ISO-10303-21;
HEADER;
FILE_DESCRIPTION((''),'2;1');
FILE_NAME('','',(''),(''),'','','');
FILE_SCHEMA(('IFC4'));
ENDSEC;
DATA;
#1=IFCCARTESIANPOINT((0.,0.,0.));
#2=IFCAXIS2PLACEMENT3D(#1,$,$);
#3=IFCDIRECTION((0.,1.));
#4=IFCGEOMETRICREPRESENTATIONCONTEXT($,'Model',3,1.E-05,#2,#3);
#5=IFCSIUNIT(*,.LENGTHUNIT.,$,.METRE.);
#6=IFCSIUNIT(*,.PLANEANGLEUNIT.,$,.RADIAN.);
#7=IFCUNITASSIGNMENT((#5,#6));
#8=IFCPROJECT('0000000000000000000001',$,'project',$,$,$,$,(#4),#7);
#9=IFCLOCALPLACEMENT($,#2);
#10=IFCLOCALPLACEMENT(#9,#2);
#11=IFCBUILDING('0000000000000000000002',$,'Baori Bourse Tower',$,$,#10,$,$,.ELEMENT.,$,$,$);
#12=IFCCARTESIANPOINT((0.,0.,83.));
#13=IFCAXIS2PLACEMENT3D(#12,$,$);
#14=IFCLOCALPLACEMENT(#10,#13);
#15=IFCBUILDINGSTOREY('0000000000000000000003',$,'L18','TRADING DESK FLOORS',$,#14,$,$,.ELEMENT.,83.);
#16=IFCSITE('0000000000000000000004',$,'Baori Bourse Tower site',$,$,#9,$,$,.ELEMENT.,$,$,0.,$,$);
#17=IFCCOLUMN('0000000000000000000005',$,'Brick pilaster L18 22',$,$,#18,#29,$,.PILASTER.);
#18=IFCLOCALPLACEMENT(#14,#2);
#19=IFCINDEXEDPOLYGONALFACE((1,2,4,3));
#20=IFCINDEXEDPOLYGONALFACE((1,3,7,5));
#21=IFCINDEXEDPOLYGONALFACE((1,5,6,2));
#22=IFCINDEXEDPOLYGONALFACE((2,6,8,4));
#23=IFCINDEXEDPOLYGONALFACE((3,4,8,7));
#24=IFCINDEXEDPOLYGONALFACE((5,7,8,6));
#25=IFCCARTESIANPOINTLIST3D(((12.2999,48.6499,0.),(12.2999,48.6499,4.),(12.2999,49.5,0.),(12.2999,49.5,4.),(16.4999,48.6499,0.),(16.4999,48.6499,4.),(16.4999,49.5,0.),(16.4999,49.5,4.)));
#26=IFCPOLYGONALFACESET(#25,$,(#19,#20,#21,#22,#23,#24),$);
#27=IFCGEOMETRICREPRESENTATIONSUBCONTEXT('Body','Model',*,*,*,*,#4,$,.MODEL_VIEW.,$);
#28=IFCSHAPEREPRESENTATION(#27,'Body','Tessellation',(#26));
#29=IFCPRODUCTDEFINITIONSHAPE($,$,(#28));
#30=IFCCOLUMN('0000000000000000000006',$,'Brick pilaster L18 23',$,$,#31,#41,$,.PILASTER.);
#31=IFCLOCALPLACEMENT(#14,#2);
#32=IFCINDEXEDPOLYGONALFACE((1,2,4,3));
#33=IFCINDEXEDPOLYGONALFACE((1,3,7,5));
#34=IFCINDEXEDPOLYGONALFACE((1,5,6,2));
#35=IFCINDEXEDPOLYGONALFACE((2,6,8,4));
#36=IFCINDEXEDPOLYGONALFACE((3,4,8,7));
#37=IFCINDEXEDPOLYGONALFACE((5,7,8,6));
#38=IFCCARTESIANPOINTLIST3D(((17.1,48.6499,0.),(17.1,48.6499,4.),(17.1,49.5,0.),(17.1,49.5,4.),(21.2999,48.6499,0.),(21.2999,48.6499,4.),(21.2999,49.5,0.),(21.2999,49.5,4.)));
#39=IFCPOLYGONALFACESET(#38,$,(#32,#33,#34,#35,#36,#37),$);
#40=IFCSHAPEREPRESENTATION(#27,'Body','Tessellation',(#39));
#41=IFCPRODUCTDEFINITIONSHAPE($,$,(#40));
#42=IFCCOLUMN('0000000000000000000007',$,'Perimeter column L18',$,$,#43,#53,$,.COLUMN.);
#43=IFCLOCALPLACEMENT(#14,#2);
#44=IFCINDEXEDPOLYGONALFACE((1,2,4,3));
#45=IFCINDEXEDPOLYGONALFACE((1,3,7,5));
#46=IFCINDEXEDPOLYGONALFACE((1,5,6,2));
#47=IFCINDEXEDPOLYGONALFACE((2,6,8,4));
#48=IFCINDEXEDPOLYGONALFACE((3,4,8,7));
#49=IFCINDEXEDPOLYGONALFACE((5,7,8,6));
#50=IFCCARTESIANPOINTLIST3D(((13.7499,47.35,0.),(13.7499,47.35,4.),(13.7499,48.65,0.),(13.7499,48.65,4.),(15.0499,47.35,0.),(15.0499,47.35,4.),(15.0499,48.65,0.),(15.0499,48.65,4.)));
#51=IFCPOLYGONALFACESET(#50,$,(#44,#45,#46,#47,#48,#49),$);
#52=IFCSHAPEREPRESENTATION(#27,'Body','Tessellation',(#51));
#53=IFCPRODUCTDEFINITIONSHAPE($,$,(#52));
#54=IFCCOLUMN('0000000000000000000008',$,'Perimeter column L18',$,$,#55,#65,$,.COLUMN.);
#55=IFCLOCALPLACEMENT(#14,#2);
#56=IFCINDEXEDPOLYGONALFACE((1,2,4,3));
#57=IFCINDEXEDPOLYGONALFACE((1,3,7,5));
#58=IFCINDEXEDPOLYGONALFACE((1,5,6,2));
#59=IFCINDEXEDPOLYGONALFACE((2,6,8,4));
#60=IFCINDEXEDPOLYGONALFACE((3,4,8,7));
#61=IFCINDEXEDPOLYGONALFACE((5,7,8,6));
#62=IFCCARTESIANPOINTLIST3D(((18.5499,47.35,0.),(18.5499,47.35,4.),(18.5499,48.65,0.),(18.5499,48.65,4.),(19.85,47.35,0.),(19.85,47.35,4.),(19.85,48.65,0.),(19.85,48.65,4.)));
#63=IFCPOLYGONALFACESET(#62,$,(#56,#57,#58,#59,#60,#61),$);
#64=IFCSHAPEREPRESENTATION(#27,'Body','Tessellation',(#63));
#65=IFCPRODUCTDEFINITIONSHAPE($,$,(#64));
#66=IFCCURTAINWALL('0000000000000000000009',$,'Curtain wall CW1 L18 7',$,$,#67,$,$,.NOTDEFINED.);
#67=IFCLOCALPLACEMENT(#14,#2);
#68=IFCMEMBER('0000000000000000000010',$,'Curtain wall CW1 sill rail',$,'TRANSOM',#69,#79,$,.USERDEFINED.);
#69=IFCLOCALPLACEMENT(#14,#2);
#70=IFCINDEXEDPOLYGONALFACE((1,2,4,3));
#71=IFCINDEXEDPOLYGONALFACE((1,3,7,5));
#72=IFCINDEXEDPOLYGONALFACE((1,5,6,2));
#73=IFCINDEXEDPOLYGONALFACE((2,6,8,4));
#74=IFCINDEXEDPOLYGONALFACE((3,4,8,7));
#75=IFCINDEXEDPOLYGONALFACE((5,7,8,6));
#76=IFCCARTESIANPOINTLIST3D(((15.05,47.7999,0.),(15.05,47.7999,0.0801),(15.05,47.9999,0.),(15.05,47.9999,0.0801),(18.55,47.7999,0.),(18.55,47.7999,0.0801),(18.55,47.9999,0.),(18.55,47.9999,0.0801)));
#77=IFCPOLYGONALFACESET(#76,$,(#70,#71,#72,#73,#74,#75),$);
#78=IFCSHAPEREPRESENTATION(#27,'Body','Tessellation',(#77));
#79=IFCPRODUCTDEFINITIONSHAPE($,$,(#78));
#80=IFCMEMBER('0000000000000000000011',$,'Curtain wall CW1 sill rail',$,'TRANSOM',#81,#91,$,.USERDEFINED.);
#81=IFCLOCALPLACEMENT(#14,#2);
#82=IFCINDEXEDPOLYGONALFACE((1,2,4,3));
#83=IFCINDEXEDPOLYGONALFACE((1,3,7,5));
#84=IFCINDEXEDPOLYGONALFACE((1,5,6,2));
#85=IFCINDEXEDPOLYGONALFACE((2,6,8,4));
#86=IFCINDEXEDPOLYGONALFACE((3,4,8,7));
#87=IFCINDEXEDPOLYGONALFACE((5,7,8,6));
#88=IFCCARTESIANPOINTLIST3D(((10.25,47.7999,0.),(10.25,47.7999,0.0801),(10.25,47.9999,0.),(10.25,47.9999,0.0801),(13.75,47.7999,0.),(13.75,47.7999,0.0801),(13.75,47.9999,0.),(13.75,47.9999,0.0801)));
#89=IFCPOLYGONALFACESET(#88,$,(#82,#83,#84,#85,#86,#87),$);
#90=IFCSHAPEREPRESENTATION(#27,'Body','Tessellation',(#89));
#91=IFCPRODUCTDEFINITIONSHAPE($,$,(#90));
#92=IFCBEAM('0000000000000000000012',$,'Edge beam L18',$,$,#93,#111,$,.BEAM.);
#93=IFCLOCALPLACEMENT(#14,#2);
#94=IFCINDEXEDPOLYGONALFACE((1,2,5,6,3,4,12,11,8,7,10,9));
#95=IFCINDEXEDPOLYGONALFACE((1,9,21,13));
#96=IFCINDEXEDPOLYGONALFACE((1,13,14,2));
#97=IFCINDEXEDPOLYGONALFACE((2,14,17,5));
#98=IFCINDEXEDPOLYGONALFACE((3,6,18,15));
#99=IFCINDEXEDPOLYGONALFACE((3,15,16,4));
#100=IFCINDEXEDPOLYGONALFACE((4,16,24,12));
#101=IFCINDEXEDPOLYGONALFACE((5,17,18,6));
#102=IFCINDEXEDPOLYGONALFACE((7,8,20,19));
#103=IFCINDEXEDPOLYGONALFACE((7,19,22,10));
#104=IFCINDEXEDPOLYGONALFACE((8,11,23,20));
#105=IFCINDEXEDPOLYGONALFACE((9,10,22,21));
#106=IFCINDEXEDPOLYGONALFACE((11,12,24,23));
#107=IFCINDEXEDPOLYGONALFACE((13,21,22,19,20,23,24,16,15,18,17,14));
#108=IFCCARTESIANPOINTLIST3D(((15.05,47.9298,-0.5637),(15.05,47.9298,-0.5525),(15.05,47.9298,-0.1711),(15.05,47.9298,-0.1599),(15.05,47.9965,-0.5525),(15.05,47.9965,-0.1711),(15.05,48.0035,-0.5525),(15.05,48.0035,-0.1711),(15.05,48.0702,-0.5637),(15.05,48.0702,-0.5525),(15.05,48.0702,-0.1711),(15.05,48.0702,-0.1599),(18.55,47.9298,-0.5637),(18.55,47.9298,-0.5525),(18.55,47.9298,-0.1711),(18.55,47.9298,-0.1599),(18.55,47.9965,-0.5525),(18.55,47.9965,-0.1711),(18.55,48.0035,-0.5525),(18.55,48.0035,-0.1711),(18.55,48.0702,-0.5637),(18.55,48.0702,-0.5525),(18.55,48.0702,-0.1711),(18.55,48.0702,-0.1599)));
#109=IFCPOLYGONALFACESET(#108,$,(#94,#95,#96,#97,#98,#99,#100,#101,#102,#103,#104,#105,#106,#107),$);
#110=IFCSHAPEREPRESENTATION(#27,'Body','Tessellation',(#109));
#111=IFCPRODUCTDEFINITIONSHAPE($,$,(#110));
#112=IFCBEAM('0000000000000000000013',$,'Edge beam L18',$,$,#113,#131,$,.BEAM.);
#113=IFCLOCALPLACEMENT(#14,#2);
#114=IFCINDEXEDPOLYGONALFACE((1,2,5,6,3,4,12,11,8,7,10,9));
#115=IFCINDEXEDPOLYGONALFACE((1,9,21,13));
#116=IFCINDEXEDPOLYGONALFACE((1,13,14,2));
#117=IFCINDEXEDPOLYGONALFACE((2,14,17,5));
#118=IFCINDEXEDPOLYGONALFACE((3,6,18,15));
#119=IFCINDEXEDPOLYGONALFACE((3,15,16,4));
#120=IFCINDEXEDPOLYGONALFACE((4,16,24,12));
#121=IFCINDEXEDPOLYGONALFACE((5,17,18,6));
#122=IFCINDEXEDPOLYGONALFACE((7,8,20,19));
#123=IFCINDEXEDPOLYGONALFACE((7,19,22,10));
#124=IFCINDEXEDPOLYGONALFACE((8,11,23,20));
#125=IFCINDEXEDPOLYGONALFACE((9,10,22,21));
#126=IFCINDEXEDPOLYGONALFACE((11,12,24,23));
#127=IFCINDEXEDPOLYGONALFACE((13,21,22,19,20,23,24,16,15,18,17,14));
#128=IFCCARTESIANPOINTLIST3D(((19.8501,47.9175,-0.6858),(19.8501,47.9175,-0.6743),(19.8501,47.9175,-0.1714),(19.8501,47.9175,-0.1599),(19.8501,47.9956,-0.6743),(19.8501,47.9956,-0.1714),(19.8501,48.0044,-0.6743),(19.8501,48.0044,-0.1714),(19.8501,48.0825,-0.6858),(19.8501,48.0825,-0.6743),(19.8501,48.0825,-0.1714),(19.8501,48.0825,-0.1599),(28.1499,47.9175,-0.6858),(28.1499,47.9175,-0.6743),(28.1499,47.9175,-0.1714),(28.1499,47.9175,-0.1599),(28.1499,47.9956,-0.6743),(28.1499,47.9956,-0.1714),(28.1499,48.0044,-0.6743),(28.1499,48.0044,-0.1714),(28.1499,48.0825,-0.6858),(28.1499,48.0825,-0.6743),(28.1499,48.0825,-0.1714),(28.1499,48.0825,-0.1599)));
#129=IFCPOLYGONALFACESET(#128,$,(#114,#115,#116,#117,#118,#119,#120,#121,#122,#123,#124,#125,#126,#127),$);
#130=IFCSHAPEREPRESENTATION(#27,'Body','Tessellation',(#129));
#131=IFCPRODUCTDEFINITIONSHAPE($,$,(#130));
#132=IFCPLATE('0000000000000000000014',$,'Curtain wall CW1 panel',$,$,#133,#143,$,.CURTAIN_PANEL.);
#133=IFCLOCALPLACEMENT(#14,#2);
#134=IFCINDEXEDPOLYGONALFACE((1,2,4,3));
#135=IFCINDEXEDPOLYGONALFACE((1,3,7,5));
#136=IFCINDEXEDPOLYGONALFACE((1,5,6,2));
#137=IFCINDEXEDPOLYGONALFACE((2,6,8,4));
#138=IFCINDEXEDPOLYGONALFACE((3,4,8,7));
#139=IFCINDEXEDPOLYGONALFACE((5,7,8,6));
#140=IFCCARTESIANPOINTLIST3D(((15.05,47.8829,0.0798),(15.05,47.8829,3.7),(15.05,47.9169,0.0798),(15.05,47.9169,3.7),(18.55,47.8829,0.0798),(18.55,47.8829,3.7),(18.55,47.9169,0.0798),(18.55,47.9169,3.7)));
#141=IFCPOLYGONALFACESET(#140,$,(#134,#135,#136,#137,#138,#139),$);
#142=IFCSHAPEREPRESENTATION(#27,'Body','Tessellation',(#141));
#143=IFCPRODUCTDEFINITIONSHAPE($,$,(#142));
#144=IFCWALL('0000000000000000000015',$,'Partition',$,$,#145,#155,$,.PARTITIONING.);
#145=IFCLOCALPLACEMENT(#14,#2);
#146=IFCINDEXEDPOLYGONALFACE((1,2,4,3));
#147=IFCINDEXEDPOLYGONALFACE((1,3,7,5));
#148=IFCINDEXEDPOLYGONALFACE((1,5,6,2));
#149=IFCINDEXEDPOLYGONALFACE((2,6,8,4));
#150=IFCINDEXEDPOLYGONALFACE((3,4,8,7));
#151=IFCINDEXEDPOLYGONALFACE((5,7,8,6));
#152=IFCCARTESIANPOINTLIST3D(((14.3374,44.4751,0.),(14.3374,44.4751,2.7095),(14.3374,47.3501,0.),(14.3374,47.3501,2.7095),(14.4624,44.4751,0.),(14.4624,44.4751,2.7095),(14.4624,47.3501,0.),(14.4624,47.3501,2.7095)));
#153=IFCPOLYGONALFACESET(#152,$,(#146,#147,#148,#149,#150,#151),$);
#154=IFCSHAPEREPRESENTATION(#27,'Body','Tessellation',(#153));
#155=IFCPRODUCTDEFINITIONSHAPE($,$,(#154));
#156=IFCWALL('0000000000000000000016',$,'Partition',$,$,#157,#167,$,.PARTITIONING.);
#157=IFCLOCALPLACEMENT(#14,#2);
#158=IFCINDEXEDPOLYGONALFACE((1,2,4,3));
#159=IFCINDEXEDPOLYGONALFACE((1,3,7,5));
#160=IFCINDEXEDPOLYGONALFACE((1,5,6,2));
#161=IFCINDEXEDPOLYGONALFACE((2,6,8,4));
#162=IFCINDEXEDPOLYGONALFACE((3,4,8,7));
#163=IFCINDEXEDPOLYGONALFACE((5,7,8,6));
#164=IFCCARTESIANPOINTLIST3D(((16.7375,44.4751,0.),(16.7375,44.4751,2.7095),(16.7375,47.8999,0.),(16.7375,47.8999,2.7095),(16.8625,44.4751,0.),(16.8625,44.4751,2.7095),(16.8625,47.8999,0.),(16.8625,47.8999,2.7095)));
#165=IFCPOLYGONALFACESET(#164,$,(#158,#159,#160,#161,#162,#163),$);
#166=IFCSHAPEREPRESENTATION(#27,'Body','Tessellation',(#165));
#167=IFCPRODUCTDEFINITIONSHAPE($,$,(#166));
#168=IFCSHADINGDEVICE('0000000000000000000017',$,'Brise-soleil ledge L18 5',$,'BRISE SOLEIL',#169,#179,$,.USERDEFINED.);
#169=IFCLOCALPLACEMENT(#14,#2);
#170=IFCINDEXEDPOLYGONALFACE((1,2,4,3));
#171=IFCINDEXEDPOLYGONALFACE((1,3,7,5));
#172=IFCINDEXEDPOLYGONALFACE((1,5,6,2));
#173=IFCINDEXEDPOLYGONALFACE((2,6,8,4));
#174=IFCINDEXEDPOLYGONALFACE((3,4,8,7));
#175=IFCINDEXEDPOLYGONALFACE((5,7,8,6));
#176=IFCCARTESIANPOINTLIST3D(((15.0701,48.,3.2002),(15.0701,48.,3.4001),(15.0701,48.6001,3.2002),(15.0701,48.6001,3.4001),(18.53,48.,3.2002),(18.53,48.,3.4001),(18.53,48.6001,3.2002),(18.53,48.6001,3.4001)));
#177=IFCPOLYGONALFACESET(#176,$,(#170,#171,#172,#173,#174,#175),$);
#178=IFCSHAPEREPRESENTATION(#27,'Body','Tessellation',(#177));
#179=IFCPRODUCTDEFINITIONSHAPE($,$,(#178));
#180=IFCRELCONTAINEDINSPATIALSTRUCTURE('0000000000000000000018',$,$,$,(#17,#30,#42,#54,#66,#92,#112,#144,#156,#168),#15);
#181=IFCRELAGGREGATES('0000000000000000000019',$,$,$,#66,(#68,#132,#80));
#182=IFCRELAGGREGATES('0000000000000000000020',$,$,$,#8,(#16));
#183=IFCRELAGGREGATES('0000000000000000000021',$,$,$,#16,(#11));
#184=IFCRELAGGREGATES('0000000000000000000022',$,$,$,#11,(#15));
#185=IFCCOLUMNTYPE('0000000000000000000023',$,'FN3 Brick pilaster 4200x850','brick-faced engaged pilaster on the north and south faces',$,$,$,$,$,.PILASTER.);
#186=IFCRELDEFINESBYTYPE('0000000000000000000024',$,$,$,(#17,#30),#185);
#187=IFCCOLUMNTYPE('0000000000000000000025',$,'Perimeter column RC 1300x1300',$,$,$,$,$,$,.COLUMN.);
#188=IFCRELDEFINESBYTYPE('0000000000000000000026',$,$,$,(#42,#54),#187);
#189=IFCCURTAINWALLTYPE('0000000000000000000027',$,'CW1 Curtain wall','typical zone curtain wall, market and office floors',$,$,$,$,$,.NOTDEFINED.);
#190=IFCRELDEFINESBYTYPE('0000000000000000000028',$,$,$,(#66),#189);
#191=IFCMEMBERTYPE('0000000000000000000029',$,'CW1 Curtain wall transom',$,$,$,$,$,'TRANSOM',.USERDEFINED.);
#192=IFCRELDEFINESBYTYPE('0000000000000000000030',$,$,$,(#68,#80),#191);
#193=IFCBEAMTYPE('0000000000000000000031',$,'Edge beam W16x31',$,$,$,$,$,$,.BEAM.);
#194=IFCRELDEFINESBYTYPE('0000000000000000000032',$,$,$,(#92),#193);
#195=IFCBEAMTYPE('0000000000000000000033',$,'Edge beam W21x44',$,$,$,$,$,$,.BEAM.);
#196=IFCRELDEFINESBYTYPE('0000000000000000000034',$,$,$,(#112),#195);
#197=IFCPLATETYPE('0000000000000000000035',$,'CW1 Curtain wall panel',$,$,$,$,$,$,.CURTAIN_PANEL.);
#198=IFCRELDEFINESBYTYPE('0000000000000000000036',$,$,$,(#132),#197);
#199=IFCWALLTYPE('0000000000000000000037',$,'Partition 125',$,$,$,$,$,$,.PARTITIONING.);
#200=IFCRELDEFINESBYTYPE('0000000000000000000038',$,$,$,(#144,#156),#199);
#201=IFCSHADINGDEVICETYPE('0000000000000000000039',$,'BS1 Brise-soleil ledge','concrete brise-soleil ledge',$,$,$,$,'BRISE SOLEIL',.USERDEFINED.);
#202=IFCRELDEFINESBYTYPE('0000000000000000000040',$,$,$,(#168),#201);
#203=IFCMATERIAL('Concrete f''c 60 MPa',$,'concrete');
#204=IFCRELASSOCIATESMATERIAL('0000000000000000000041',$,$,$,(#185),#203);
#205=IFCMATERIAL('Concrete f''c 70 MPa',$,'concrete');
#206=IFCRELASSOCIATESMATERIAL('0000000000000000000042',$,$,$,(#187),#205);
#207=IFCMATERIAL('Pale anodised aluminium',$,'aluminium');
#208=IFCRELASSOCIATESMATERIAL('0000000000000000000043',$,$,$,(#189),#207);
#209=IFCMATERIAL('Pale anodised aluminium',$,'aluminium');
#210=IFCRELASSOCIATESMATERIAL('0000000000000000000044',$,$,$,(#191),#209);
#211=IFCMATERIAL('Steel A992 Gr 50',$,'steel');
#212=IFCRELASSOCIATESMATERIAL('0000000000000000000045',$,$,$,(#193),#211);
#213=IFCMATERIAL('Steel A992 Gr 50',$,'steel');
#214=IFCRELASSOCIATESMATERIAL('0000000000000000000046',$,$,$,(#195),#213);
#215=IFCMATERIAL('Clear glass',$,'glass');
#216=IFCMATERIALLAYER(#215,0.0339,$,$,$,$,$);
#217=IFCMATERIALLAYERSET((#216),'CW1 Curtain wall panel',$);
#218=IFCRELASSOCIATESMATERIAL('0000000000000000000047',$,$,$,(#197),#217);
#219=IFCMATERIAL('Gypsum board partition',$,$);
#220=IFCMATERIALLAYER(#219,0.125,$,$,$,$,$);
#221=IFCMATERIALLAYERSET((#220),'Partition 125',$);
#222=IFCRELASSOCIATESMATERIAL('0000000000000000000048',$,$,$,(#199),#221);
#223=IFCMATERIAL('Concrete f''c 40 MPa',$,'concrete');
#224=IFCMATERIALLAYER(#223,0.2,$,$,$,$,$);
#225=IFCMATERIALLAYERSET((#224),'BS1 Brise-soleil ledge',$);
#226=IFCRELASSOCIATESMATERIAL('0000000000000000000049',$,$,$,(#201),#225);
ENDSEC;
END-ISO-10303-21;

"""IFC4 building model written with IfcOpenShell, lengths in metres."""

from ifc_helpers import new_model, si_unit, direction, frame, frame_2d, origin, origin_2d, place, context, subcontext, project, spatial, rectangle, i_section, extrude, material, layer, layer_set, material_profile, profile_set, type_object, element, aggregate, save


model = new_model("IFC4")

# Units and contexts
model_context = context("Model", 3, precision=1e-05, world=origin(), true_north=direction((0.0, 1.0)))
body_context = subcontext(model_context, "Body", "Model", "MODEL_VIEW")
ifc_project = project(units=[si_unit("LENGTHUNIT", "METRE"), si_unit("PLANEANGLEUNIT", "RADIAN")], contexts=[model_context])

# Site, building, storey
site_placement = place(None, origin())
site = spatial("IfcSite", under=ifc_project, at=site_placement, Name="Baori Bourse Tower site", CompositionType="ELEMENT", RefElevation=0.0)
building_placement = place(site_placement, origin())
building = spatial("IfcBuilding", under=site, at=building_placement, Name="Baori Bourse Tower", CompositionType="ELEMENT")
storey_placement = place(building_placement, frame((0.0, 0.0, 83.0)))
storey = spatial("IfcBuildingStorey", under=building, at=storey_placement, Name="L18", Description="TRADING DESK FLOORS", CompositionType="ELEMENT", Elevation=83.0)

# Columns
ifc_material_1 = material(Name="Concrete f'c 60 MPa", Category="concrete")
ifc_material_profile_1 = material_profile(ifc_material_1, rectangle(XDim=4.2, YDim=0.8501, at=origin_2d()), Name="RC 4200x850")
ifc_profile_set_1 = profile_set([ifc_material_profile_1], Name="Concrete f'c 60 MPa")
column_type_1 = type_object("IfcColumnType", Name="FN3 Brick pilaster 4200x850", Description="brick-faced engaged pilaster on the north and south faces", PredefinedType="PILASTER", material=ifc_profile_set_1)
for number, where, z_axis, x_axis, name in (
    (1, (14.3999, 49.075, 0.0), (0.0, 0.0, 1.0), (1.0, 0.0, 0.0), "Brick pilaster L18 22"),
    (2, (19.2, 49.075, 0.0), (0.0, 0.0, 1.0), (1.0, 0.0, 0.0), "Brick pilaster L18 23"),
):
    element("IfcColumn", number, at=place(storey_placement, frame(where, z_axis=z_axis, x_axis=x_axis)), inside=storey, type_object=column_type_1, Name=name, PredefinedType="PILASTER", context=body_context, shape_type="SweptSolid", body=[
        extrude(rectangle(XDim=4.2, YDim=0.8501, at=origin_2d()), origin(), (0.0, 0.0, 1.0), 4.0),
    ])
ifc_material_2 = material(Name="Concrete f'c 70 MPa", Category="concrete")
ifc_material_profile_2 = material_profile(ifc_material_2, rectangle(XDim=1.3, YDim=1.3, at=origin_2d()), Name="RC 1300x1300")
ifc_profile_set_2 = profile_set([ifc_material_profile_2], Name="Concrete f'c 70 MPa")
column_type_2 = type_object("IfcColumnType", Name="Perimeter column RC 1300x1300", PredefinedType="COLUMN", material=ifc_profile_set_2)
for number, where, z_axis, x_axis, name in (
    (3, (14.3999, 48.0, 0.0), (0.0, 0.0, 1.0), (1.0, 0.0, 0.0), "Perimeter column L18"),
    (4, (19.2, 48.0, 0.0), (0.0, 0.0, 1.0), (1.0, 0.0, 0.0), "Perimeter column L18"),
):
    element("IfcColumn", number, at=place(storey_placement, frame(where, z_axis=z_axis, x_axis=x_axis)), inside=storey, type_object=column_type_2, Name=name, PredefinedType="COLUMN", context=body_context, shape_type="SweptSolid", body=[
        extrude(rectangle(XDim=1.3, YDim=1.3, at=origin_2d()), origin(), (0.0, 0.0, 1.0), 4.0),
    ])

# Curtain wall, members
ifc_material_3 = material(Name="Pale anodised aluminium", Category="aluminium")
curtain_wall_type = type_object("IfcCurtainWallType", Name="CW1 Curtain wall", Description="typical zone curtain wall, market and office floors", PredefinedType="NOTDEFINED", material=ifc_material_3)
curtain_wall_placement = place(storey_placement, origin())
curtain_wall = element("IfcCurtainWall", 5, at=curtain_wall_placement, inside=storey, type_object=curtain_wall_type, Name="Curtain wall CW1 L18 7", PredefinedType="NOTDEFINED")
ifc_material_4 = material(Name="Pale anodised aluminium", Category="aluminium")
ifc_material_profile_3 = material_profile(ifc_material_4, rectangle(XDim=0.2, YDim=0.0801, at=origin_2d()), Name="Transom 80x200")
ifc_profile_set_3 = profile_set([ifc_material_profile_3], Name="Pale anodised aluminium")
member_type = type_object("IfcMemberType", Name="CW1 Curtain wall transom", ElementType="TRANSOM", PredefinedType="USERDEFINED", material=ifc_profile_set_3)
member_1_placement = place(storey_placement, frame((18.55, 47.8999, 0.04), z_axis=(-1.0, 0.0, 0.0), x_axis=(0.0, -1.0, 0.0)))
member_1 = element("IfcMember", 6, at=member_1_placement, type_object=member_type, Name="Curtain wall CW1 sill rail", ObjectType="TRANSOM", PredefinedType="USERDEFINED", context=body_context, shape_type="SweptSolid", body=[
    extrude(rectangle(XDim=0.2, YDim=0.0801, at=origin_2d()), origin(), (0.0, 0.0, 1.0), 3.5),
])
member_2_placement = place(storey_placement, frame((13.75, 47.8999, 0.04), z_axis=(-1.0, 0.0, 0.0), x_axis=(0.0, -1.0, 0.0)))
member_2 = element("IfcMember", 7, at=member_2_placement, type_object=member_type, Name="Curtain wall CW1 sill rail", ObjectType="TRANSOM", PredefinedType="USERDEFINED", context=body_context, shape_type="SweptSolid", body=[
    extrude(rectangle(XDim=0.2, YDim=0.0801, at=origin_2d()), origin(), (0.0, 0.0, 1.0), 3.5),
])

# Beams
ifc_material_5 = material(Name="Steel A992 Gr 50", Category="steel")
ifc_material_profile_4 = material_profile(ifc_material_5, i_section(OverallWidth=0.1404, OverallDepth=0.4038, WebThickness=0.0071, FlangeThickness=0.0112, at=origin_2d()), Name="W16x31")
ifc_profile_set_4 = profile_set([ifc_material_profile_4], Name="Steel A992 Gr 50")
beam_type_1 = type_object("IfcBeamType", Name="Edge beam W16x31", PredefinedType="BEAM", material=ifc_profile_set_4)
beam_1_placement = place(storey_placement, frame((15.05, 48.0, -0.3618), z_axis=(1.0, 0.0, 0.0), x_axis=(0.0, 1.0, 0.0)))
element("IfcBeam", 8, at=beam_1_placement, inside=storey, type_object=beam_type_1, Name="Edge beam L18", PredefinedType="BEAM", context=body_context, shape_type="SweptSolid", body=[
    extrude(i_section(OverallWidth=0.1404, OverallDepth=0.4038, WebThickness=0.0071, FlangeThickness=0.0112, at=origin_2d()), origin(), (0.0, 0.0, 1.0), 3.5),
])
ifc_material_6 = material(Name="Steel A992 Gr 50", Category="steel")
ifc_material_profile_5 = material_profile(ifc_material_6, i_section(OverallWidth=0.165, OverallDepth=0.5259, WebThickness=0.0088, FlangeThickness=0.0115, at=origin_2d()), Name="W21x44")
ifc_profile_set_5 = profile_set([ifc_material_profile_5], Name="Steel A992 Gr 50")
beam_type_2 = type_object("IfcBeamType", Name="Edge beam W21x44", PredefinedType="BEAM", material=ifc_profile_set_5)
beam_2_placement = place(storey_placement, frame((19.8501, 48.0, -0.4229), z_axis=(1.0, 0.0, 0.0), x_axis=(0.0, 1.0, 0.0)))
element("IfcBeam", 9, at=beam_2_placement, inside=storey, type_object=beam_type_2, Name="Edge beam L18", PredefinedType="BEAM", context=body_context, shape_type="SweptSolid", body=[
    extrude(i_section(OverallWidth=0.165, OverallDepth=0.5259, WebThickness=0.0088, FlangeThickness=0.0115, at=origin_2d()), origin(), (0.0, 0.0, 1.0), 8.2998),
])

# Plate
ifc_material_7 = material(Name="Clear glass", Category="glass")
ifc_layer_1 = layer(ifc_material_7, 0.0339)
ifc_layer_set_1 = layer_set([ifc_layer_1], Name="CW1 Curtain wall panel")
plate_type = type_object("IfcPlateType", Name="CW1 Curtain wall panel", PredefinedType="CURTAIN_PANEL", material=ifc_layer_set_1)
plate_placement = place(storey_placement, frame((16.8, 47.8999, 0.0798), z_axis=(0.0, 0.0, 1.0), x_axis=(-1.0, 0.0, 0.0)))
plate = element("IfcPlate", 10, at=plate_placement, type_object=plate_type, Name="Curtain wall CW1 panel", PredefinedType="CURTAIN_PANEL", context=body_context, shape_type="SweptSolid", body=[
    extrude(rectangle(XDim=3.5, YDim=0.0339, at=origin_2d()), origin(), (0.0, 0.0, 1.0), 3.6201),
])
aggregate(curtain_wall, [member_1, plate, member_2])

# Walls
ifc_material_8 = material(Name="Gypsum board partition")
ifc_layer_2 = layer(ifc_material_8, 0.125)
ifc_layer_set_2 = layer_set([ifc_layer_2], Name="Partition 125")
wall_type = type_object("IfcWallType", Name="Partition 125", PredefinedType="PARTITIONING", material=ifc_layer_set_2)
wall_1_placement = place(storey_placement, frame((14.3999, 44.4751, 0.0), z_axis=(0.0, 0.0, 1.0), x_axis=(0.0, 1.0, 0.0)))
element("IfcWall", 11, at=wall_1_placement, inside=storey, type_object=wall_type, Name="Partition", PredefinedType="PARTITIONING", context=body_context, shape_type="SweptSolid", body=[
    extrude(rectangle(XDim=2.875, YDim=0.125, at=frame_2d((1.4375, 0.0))), origin(), (0.0, 0.0, 1.0), 2.7095),
])
wall_2_placement = place(storey_placement, frame((16.8, 44.4751, 0.0), z_axis=(0.0, 0.0, 1.0), x_axis=(0.0, 1.0, 0.0)))
element("IfcWall", 12, at=wall_2_placement, inside=storey, type_object=wall_type, Name="Partition", PredefinedType="PARTITIONING", context=body_context, shape_type="SweptSolid", body=[
    extrude(rectangle(XDim=3.4248, YDim=0.125, at=frame_2d((1.7124, 0.0))), origin(), (0.0, 0.0, 1.0), 2.7095),
])

# Shading device
ifc_material_9 = material(Name="Concrete f'c 40 MPa", Category="concrete")
ifc_layer_3 = layer(ifc_material_9, 0.2)
ifc_layer_set_3 = layer_set([ifc_layer_3], Name="BS1 Brise-soleil ledge")
shading_device_type = type_object("IfcShadingDeviceType", Name="BS1 Brise-soleil ledge", Description="concrete brise-soleil ledge", ElementType="BRISE SOLEIL", PredefinedType="USERDEFINED", material=ifc_layer_set_3)
shading_device_placement = place(storey_placement, frame((16.8, 48.3, 3.2002), z_axis=(0.0, 0.0, 1.0), x_axis=(-1.0, 0.0, 0.0)))
element("IfcShadingDevice", 13, at=shading_device_placement, inside=storey, type_object=shading_device_type, Name="Brise-soleil ledge L18 5", ObjectType="BRISE SOLEIL", PredefinedType="USERDEFINED", context=body_context, shape_type="SweptSolid", body=[
    extrude(rectangle(XDim=3.46, YDim=0.6001, at=origin_2d()), origin(), (0.0, 0.0, 1.0), 0.2),
])

save(model, "model.ifc")
